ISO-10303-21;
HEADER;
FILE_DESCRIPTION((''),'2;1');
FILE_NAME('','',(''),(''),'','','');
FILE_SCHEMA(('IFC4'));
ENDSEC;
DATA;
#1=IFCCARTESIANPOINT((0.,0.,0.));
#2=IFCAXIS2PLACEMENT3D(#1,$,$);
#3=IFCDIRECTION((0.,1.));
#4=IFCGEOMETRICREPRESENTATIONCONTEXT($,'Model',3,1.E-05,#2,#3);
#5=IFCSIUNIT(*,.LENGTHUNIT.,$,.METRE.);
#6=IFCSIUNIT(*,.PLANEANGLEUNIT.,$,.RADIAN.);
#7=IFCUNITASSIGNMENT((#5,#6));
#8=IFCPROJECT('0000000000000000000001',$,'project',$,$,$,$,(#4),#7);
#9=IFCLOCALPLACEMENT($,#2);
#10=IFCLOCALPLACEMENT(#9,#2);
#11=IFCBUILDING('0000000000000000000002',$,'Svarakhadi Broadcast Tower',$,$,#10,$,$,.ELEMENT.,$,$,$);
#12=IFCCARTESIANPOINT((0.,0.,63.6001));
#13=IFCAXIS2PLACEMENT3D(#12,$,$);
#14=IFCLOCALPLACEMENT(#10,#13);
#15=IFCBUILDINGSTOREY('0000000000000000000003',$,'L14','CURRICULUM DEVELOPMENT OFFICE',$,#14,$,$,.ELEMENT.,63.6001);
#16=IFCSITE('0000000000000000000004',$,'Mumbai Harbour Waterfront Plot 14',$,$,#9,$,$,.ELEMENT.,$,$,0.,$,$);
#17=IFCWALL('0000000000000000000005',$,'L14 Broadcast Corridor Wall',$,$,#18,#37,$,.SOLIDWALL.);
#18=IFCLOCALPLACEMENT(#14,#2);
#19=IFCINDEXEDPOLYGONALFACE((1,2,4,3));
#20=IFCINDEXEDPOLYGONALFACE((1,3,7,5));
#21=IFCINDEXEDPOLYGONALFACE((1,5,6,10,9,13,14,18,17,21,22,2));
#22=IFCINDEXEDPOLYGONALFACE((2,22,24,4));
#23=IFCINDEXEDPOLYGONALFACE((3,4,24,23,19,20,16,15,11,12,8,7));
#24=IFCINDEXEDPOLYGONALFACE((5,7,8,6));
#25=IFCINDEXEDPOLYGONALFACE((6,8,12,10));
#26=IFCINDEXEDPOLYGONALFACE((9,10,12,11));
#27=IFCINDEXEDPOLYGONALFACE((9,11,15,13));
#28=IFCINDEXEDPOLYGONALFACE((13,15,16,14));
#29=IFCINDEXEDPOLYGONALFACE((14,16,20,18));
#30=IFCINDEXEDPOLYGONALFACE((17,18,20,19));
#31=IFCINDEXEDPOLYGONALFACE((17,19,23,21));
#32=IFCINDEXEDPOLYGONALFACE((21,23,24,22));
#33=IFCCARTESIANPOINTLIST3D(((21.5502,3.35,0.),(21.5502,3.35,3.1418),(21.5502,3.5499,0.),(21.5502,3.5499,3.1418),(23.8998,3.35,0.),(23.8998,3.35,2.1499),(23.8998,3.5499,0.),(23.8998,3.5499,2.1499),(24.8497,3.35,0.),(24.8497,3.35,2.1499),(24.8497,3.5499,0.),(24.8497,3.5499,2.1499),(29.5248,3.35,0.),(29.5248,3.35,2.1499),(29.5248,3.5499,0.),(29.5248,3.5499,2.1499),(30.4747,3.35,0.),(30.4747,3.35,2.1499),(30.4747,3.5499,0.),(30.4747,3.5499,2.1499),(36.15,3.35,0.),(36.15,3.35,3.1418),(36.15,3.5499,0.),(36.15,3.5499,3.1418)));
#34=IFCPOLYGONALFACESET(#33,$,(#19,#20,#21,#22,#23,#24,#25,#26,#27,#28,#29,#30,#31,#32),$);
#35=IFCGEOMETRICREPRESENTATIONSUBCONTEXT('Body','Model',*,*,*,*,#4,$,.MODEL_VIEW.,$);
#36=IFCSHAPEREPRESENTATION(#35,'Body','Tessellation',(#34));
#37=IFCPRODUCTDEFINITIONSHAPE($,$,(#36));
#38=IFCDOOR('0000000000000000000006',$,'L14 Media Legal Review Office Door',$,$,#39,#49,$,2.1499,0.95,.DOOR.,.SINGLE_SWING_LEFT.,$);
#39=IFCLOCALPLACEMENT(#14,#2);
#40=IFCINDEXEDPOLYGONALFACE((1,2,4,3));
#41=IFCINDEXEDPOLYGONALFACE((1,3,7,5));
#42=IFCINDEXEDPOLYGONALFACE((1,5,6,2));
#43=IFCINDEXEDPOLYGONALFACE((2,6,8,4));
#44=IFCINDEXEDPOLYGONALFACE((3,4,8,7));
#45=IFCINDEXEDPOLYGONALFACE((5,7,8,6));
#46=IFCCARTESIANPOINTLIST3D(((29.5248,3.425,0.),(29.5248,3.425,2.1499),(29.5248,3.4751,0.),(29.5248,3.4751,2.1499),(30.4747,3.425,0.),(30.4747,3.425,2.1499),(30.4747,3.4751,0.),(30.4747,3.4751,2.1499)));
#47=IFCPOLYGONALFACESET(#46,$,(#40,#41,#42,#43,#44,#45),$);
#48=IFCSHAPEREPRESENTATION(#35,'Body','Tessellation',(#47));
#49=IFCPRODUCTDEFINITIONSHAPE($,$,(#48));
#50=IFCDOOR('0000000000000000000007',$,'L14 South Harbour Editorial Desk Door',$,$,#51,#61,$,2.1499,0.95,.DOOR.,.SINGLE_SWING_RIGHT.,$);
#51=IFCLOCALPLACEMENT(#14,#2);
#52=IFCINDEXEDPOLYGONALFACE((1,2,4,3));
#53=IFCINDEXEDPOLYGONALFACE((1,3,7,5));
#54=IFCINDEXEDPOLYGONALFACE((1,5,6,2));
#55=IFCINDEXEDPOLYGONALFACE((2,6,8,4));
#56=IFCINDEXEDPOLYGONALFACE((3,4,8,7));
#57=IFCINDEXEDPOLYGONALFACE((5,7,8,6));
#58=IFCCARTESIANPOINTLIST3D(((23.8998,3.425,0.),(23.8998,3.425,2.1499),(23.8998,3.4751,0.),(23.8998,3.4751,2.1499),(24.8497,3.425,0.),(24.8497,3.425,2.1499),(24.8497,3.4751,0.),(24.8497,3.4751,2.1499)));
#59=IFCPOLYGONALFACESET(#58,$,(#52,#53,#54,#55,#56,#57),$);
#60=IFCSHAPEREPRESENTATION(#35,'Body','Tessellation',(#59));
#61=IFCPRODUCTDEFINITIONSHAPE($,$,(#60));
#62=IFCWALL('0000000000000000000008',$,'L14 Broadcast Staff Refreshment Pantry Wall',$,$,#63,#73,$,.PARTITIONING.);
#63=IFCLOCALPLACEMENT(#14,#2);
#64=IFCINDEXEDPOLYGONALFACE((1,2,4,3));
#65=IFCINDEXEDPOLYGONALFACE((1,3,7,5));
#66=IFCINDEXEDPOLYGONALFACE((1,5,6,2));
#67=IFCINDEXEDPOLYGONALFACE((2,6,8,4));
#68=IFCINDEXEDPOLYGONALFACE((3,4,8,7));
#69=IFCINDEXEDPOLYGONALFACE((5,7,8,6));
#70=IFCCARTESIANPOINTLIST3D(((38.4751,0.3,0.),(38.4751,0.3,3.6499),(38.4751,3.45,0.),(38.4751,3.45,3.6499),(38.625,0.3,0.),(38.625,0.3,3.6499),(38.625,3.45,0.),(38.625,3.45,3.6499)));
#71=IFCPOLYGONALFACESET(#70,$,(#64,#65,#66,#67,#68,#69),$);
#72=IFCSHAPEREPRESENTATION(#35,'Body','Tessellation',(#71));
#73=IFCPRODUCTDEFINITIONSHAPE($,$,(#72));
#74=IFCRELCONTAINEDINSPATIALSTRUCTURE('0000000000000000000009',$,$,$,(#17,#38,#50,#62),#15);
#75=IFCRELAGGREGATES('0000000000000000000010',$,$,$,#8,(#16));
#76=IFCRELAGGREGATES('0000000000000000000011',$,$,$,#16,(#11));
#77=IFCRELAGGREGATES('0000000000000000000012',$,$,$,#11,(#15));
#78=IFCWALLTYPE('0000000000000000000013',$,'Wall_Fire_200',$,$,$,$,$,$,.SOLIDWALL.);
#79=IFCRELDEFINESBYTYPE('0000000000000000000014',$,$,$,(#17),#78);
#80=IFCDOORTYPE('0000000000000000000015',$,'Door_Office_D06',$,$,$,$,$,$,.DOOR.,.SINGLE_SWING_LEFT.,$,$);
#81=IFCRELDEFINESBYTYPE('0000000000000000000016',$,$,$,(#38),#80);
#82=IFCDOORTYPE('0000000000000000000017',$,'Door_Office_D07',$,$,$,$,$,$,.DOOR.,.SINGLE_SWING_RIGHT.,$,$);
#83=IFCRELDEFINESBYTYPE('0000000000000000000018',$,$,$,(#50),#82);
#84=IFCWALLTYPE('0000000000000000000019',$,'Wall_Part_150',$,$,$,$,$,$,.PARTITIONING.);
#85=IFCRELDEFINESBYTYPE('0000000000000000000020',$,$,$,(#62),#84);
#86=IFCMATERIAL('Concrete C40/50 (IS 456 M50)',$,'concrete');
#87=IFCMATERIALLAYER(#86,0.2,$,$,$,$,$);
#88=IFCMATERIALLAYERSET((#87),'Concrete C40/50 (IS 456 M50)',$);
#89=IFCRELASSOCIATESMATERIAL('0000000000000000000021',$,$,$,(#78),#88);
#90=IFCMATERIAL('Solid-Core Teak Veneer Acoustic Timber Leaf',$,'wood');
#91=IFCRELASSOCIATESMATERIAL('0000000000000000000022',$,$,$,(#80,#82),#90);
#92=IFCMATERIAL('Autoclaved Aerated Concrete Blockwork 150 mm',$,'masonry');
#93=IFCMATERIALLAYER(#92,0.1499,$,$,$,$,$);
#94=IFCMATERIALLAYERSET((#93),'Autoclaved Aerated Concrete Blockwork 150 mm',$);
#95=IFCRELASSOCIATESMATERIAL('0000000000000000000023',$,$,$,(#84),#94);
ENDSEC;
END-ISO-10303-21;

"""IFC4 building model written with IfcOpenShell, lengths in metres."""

from ifc_helpers import new_model, si_unit, direction, frame, frame_2d, origin, place, context, subcontext, project, spatial, rectangle, extrude, material, layer, layer_set, type_object, element, fill, save


model = new_model("IFC4")

# Units and contexts
model_context = context("Model", 3, precision=1e-05, world=origin(), true_north=direction((0.0, 1.0)))
body_context = subcontext(model_context, "Body", "Model", "MODEL_VIEW")
ifc_project = project(units=[si_unit("LENGTHUNIT", "METRE"), si_unit("PLANEANGLEUNIT", "RADIAN")], contexts=[model_context])

# Site, building, storey
site_placement = place(None, origin())
site = spatial("IfcSite", under=ifc_project, at=site_placement, Name="Mumbai Harbour Waterfront Plot 14", CompositionType="ELEMENT", RefElevation=0.0)
building_placement = place(site_placement, origin())
building = spatial("IfcBuilding", under=site, at=building_placement, Name="Svarakhadi Broadcast Tower", CompositionType="ELEMENT")
storey_placement = place(building_placement, frame((0.0, 0.0, 63.6001)))
storey = spatial("IfcBuildingStorey", under=building, at=storey_placement, Name="L14", Description="CURRICULUM DEVELOPMENT OFFICE", CompositionType="ELEMENT", Elevation=63.6001)

# Shared definitions
ifc_material_1 = material(Name="Concrete C40/50 (IS 456 M50)", Category="concrete")
ifc_layer_1 = layer(ifc_material_1, 0.2)
ifc_layer_set_1 = layer_set([ifc_layer_1], Name="Concrete C40/50 (IS 456 M50)")
wall_type_1 = type_object("IfcWallType", Name="Wall_Fire_200", PredefinedType="SOLIDWALL", material=ifc_layer_set_1)
ifc_material_2 = material(Name="Solid-Core Teak Veneer Acoustic Timber Leaf", Category="wood")
door_type_1 = type_object("IfcDoorType", Name="Door_Office_D06", OperationType="SINGLE_SWING_LEFT", PredefinedType="DOOR", material=ifc_material_2)

# Wall, openings, doors
wall_1_placement = place(storey_placement, frame((36.1499, 3.45, 0.0), z_axis=(0.0, 0.0, 1.0), x_axis=(-1.0, 0.0, 0.0)))
wall_1 = element("IfcWall", 1, at=wall_1_placement, inside=storey, type_object=wall_type_1, Name="L14 Broadcast Corridor Wall", PredefinedType="SOLIDWALL", context=body_context, shape_type="SweptSolid", body=[
    extrude(rectangle(XDim=14.5999, YDim=0.2, at=frame_2d((7.2998, 0.0))), origin(), (0.0, 0.0, 1.0), 3.1418),
])
opening_1_placement = place(wall_1_placement, frame((11.3, 0.0, 0.0)))
opening_1 = element("IfcOpeningElement", 2, at=opening_1_placement, cuts=wall_1, PredefinedType="OPENING", context=body_context, shape_type="SweptSolid", body=[
    extrude(rectangle(XDim=0.95, YDim=2.1499, at=frame_2d((0.4751, 1.075))), frame((0.0, 0.1099, 0.0), z_axis=(0.0, -1.0, 0.0), x_axis=(1.0, 0.0, 0.0)), (0.0, 0.0, 1.0), 0.22),
])
opening_2_placement = place(wall_1_placement, frame((5.675, 0.0, 0.0)))
opening_2 = element("IfcOpeningElement", 3, at=opening_2_placement, cuts=wall_1, PredefinedType="OPENING", context=body_context, shape_type="SweptSolid", body=[
    extrude(rectangle(XDim=0.95, YDim=2.1499, at=frame_2d((0.4751, 1.075))), frame((0.0, 0.1099, 0.0), z_axis=(0.0, -1.0, 0.0), x_axis=(1.0, 0.0, 0.0)), (0.0, 0.0, 1.0), 0.22),
])
door_1_placement = place(opening_2_placement, origin())
door_1 = element("IfcDoor", 4, at=door_1_placement, inside=storey, type_object=door_type_1, Name="L14 Media Legal Review Office Door", OperationType="SINGLE_SWING_LEFT", OverallHeight=2.1499, OverallWidth=0.95, PredefinedType="DOOR", context=body_context, shape_type="SweptSolid", body=[
    extrude(rectangle(XDim=0.95, YDim=2.1499, at=frame_2d((0.4751, 1.075))), frame((0.0, 0.0249, 0.0), z_axis=(0.0, -1.0, 0.0), x_axis=(1.0, 0.0, 0.0)), (0.0, 0.0, 1.0), 0.05),
])
fill(opening_2, door_1)
door_type_2 = type_object("IfcDoorType", Name="Door_Office_D07", OperationType="SINGLE_SWING_RIGHT", PredefinedType="DOOR", material=ifc_material_2)
door_2_placement = place(opening_1_placement, origin())
door_2 = element("IfcDoor", 5, at=door_2_placement, inside=storey, type_object=door_type_2, Name="L14 South Harbour Editorial Desk Door", OperationType="SINGLE_SWING_RIGHT", OverallHeight=2.1499, OverallWidth=0.95, PredefinedType="DOOR", context=body_context, shape_type="SweptSolid", body=[
    extrude(rectangle(XDim=0.95, YDim=2.1499, at=frame_2d((0.4751, 1.075))), frame((0.0, 0.0249, 0.0), z_axis=(0.0, -1.0, 0.0), x_axis=(1.0, 0.0, 0.0)), (0.0, 0.0, 1.0), 0.05),
])
fill(opening_1, door_2)

# Wall
ifc_material_3 = material(Name="Autoclaved Aerated Concrete Blockwork 150 mm", Category="masonry")
ifc_layer_2 = layer(ifc_material_3, 0.1499)
ifc_layer_set_2 = layer_set([ifc_layer_2], Name="Autoclaved Aerated Concrete Blockwork 150 mm")
wall_type_2 = type_object("IfcWallType", Name="Wall_Part_150", PredefinedType="PARTITIONING", material=ifc_layer_set_2)
wall_2_placement = place(storey_placement, frame((38.55, 0.3, 0.0), z_axis=(0.0, 0.0, 1.0), x_axis=(0.0, 1.0, 0.0)))
element("IfcWall", 6, at=wall_2_placement, inside=storey, type_object=wall_type_2, Name="L14 Broadcast Staff Refreshment Pantry Wall", PredefinedType="PARTITIONING", context=body_context, shape_type="SweptSolid", body=[
    extrude(rectangle(XDim=3.1499, YDim=0.1499, at=frame_2d((1.575, 0.0))), origin(), (0.0, 0.0, 1.0), 3.6499),
])

save(model, "model.ifc")
